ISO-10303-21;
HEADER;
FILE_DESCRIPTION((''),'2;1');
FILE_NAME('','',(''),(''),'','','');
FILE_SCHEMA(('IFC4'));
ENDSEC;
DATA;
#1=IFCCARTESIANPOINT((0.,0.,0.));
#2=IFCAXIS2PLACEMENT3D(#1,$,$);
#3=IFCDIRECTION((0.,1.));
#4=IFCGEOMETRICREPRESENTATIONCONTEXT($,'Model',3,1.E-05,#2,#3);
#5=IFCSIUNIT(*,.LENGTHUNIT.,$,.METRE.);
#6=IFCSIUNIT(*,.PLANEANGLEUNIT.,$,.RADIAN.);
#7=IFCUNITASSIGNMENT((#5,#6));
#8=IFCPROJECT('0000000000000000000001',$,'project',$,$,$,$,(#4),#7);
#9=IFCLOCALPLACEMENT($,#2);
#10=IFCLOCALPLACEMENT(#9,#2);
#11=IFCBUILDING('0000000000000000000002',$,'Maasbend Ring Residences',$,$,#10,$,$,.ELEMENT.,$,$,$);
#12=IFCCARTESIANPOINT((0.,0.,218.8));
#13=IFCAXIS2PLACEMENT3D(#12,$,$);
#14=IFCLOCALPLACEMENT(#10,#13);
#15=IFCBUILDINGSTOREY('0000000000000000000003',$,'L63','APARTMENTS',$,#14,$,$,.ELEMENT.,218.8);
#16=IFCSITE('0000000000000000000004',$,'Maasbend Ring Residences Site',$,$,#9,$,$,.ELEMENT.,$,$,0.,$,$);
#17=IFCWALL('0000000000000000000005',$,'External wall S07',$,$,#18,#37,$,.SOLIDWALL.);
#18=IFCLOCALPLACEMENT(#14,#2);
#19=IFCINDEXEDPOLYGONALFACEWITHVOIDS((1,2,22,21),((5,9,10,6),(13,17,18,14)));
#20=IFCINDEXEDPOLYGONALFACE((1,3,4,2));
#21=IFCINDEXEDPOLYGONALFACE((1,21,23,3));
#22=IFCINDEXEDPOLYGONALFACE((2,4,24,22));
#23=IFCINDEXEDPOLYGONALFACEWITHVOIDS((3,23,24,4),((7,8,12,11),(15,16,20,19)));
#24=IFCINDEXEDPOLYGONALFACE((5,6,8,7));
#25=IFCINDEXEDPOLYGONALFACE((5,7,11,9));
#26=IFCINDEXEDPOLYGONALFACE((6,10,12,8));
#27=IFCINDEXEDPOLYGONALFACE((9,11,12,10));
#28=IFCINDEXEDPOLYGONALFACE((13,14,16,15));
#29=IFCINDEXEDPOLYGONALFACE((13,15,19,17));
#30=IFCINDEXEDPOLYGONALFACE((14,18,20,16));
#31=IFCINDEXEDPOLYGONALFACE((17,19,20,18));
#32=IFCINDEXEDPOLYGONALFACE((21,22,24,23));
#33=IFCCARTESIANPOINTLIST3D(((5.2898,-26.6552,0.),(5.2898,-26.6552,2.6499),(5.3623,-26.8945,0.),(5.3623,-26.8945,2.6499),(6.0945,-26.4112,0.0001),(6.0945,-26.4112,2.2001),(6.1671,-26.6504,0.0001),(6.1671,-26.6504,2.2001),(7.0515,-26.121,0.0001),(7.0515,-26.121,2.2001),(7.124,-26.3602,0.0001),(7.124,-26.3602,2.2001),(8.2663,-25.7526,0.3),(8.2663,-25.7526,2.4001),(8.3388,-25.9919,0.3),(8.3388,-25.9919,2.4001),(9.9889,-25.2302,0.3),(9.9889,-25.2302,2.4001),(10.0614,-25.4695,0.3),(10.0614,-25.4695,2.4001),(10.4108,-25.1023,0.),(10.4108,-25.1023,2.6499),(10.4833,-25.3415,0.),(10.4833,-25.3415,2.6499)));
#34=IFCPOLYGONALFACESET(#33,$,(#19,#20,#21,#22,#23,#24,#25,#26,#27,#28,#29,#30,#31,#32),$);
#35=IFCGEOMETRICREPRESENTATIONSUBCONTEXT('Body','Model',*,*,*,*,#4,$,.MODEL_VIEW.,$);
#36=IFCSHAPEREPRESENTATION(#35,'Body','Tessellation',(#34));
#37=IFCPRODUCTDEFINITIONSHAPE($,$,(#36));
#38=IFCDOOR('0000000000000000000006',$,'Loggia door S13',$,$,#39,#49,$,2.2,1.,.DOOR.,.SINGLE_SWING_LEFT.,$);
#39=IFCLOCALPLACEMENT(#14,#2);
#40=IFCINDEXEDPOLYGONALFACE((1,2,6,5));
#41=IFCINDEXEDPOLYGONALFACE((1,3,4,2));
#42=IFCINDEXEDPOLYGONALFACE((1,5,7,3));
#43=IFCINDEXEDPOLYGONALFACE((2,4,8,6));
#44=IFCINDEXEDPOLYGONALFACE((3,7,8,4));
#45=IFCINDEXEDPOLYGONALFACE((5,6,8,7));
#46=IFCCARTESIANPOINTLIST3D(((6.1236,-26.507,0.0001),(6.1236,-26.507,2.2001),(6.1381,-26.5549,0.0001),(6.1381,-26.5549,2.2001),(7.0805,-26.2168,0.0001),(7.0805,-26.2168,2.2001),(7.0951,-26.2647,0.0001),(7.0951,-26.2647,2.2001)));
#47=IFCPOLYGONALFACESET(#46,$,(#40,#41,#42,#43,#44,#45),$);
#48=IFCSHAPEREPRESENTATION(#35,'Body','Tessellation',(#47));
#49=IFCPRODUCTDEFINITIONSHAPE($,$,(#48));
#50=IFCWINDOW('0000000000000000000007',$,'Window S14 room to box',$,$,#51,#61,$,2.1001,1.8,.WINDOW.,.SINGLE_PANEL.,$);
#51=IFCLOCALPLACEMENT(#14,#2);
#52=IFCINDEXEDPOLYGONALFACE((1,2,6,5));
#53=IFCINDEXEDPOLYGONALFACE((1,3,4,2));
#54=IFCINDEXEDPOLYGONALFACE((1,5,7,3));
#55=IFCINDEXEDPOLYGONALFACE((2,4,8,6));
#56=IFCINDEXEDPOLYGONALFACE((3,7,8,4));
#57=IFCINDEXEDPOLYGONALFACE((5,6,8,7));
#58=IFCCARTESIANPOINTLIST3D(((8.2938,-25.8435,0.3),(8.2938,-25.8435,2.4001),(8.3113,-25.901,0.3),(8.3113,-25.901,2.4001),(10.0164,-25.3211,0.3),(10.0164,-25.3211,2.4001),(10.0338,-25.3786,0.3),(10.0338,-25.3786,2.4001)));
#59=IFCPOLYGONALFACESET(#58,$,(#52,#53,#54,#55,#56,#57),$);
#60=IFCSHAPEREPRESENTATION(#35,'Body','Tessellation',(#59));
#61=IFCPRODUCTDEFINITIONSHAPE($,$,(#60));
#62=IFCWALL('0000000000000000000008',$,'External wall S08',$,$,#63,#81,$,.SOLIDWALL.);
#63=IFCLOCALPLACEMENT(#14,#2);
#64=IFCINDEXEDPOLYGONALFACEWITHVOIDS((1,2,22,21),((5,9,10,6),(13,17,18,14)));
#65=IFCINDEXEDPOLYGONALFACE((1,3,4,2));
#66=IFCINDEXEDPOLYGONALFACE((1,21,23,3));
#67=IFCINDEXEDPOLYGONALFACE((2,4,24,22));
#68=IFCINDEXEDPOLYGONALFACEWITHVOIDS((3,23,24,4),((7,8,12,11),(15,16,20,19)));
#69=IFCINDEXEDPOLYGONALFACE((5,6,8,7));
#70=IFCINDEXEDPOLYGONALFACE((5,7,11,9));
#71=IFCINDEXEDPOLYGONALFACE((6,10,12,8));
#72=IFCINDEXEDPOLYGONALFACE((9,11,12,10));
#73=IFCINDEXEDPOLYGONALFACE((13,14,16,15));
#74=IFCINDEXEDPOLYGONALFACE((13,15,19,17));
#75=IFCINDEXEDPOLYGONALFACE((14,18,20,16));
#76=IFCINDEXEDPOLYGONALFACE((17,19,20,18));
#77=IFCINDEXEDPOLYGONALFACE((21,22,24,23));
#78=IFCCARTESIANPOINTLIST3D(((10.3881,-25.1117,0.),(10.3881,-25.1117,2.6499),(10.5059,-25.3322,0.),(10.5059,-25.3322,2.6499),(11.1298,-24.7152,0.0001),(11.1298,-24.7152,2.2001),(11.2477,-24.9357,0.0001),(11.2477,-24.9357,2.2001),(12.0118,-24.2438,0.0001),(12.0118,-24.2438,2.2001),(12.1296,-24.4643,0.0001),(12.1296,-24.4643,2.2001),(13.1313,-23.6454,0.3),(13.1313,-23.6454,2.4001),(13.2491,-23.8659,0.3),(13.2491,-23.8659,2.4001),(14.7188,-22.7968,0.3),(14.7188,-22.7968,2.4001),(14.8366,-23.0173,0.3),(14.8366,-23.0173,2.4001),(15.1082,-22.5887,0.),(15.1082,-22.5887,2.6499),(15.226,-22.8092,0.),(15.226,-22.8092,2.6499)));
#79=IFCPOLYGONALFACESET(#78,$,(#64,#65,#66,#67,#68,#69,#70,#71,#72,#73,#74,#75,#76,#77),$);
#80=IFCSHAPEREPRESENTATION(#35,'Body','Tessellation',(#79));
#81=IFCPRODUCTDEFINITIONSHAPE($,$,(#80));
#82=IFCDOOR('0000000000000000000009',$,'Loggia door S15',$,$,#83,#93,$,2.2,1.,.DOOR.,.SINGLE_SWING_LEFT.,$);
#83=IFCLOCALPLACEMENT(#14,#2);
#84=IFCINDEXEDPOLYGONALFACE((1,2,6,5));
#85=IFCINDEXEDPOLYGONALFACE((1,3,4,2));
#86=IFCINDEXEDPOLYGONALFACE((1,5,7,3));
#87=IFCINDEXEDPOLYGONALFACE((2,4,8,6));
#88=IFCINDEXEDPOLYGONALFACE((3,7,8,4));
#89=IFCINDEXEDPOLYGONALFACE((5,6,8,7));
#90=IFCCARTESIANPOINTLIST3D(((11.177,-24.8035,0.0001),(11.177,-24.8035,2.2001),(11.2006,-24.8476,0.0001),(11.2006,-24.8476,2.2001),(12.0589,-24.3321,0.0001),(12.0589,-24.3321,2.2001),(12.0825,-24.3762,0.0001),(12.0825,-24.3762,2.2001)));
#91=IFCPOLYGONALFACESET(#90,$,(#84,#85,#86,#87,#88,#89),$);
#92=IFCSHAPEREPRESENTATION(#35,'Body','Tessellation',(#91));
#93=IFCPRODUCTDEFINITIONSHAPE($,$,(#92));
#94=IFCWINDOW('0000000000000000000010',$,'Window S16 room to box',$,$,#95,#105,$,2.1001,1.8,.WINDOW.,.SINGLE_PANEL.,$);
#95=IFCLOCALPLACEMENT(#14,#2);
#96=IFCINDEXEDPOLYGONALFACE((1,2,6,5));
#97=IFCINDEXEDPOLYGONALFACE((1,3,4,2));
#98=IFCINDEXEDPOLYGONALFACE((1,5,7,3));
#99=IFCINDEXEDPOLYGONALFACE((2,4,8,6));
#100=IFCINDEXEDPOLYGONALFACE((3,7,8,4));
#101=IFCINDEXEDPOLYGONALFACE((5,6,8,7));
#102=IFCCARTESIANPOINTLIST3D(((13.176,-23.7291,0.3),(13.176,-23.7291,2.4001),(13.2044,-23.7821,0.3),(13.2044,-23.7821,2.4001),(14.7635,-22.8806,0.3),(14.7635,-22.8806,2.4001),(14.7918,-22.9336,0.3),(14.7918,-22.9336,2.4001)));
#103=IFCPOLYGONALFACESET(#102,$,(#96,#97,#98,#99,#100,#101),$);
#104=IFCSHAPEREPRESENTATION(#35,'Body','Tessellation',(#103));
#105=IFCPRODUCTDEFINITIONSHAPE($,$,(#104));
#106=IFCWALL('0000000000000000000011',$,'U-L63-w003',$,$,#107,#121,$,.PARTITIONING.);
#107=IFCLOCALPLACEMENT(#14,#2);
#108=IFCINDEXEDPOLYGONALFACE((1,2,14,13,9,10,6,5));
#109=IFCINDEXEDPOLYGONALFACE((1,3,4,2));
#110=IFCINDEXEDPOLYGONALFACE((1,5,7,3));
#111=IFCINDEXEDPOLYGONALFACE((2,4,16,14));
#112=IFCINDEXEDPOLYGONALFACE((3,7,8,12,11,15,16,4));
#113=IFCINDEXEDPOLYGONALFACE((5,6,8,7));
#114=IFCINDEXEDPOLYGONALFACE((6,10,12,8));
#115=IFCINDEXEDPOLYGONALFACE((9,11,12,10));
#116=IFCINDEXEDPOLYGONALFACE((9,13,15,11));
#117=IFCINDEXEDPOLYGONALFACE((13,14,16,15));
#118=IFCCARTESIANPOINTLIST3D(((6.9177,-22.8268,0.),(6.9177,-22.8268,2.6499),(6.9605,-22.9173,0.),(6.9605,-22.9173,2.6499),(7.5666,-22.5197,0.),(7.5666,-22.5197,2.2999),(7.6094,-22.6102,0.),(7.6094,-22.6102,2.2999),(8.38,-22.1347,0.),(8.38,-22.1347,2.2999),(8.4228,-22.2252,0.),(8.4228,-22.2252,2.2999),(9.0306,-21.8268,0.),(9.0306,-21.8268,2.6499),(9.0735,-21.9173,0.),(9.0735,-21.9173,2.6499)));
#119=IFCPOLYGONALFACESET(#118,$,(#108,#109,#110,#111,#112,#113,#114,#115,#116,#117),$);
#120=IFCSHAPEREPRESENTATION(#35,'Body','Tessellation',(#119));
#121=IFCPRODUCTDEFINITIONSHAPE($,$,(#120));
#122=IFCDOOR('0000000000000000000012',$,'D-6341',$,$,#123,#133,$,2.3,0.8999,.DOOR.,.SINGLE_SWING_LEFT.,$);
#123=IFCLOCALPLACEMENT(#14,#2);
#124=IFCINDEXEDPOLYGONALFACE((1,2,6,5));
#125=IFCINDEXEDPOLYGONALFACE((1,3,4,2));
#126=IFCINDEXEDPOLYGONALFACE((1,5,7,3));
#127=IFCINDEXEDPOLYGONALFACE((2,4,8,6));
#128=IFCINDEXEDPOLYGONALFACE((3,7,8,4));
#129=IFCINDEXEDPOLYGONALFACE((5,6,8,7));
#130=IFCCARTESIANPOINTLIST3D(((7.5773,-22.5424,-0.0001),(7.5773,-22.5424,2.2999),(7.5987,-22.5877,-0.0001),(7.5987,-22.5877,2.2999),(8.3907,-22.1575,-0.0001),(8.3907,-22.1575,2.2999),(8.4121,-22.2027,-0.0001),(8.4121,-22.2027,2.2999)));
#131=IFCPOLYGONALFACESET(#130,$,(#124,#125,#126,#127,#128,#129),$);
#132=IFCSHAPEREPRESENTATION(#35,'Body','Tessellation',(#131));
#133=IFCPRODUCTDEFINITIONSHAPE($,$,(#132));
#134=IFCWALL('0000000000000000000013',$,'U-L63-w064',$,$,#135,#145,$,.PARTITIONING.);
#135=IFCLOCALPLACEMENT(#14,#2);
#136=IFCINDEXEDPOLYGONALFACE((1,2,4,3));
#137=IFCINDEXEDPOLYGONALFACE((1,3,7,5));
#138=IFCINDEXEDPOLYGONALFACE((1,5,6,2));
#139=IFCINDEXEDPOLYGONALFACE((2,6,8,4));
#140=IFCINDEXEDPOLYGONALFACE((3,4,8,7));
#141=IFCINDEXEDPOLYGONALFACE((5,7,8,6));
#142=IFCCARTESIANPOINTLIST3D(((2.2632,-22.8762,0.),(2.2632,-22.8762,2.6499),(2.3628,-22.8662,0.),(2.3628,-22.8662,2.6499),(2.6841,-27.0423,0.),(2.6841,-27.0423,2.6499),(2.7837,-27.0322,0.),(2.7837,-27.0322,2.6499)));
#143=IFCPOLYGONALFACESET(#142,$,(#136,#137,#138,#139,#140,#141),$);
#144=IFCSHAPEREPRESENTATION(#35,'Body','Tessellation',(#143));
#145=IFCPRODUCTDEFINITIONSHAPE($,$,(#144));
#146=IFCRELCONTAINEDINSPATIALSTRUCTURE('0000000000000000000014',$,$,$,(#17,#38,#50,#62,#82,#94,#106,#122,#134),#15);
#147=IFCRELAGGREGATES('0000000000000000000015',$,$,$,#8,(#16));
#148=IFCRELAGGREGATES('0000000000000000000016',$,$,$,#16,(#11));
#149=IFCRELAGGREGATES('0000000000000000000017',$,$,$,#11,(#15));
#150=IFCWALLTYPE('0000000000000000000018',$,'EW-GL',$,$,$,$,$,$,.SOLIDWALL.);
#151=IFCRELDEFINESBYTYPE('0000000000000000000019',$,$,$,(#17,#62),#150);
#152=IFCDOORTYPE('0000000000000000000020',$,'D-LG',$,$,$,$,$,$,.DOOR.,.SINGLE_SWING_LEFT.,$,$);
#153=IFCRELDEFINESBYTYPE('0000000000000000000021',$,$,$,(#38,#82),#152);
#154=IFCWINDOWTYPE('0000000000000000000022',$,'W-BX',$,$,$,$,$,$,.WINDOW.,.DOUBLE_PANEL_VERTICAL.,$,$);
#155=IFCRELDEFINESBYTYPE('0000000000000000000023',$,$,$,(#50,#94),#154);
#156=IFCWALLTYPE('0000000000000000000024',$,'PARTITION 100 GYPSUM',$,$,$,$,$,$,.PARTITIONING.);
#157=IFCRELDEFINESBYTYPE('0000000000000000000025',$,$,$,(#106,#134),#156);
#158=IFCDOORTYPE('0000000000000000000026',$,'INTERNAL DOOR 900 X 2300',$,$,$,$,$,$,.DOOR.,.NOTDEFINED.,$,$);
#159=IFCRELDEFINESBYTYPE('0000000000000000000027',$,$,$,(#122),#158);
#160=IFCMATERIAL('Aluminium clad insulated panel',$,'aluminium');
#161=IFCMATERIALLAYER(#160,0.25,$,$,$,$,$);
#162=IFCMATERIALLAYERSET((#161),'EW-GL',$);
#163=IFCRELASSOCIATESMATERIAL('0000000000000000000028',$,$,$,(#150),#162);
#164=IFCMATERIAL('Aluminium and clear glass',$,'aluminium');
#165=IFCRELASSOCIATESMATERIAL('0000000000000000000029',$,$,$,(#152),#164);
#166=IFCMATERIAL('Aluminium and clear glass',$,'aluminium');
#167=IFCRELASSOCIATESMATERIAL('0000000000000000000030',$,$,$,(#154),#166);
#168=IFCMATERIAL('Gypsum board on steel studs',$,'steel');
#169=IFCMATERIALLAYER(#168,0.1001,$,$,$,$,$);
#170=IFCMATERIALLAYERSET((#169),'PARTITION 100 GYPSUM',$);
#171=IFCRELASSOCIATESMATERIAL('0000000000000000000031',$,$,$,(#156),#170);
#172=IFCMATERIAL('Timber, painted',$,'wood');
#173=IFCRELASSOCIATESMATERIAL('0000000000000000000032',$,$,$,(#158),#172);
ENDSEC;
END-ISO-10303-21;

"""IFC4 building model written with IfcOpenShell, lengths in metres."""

from ifc_helpers import new_model, si_unit, direction, frame, frame_2d, origin, place, context, subcontext, project, spatial, rectangle, extrude, material, layer, layer_set, type_object, element, fill, save


model = new_model("IFC4")

# Units and contexts
model_context = context("Model", 3, precision=1e-05, world=origin(), true_north=direction((0.0, 1.0)))
body_context = subcontext(model_context, "Body", "Model", "MODEL_VIEW")
ifc_project = project(units=[si_unit("LENGTHUNIT", "METRE"), si_unit("PLANEANGLEUNIT", "RADIAN")], contexts=[model_context])

# Site, building, storey
site_placement = place(None, origin())
site = spatial("IfcSite", under=ifc_project, at=site_placement, Name="Maasbend Ring Residences Site", CompositionType="ELEMENT", RefElevation=0.0)
building_placement = place(site_placement, origin())
building = spatial("IfcBuilding", under=site, at=building_placement, Name="Maasbend Ring Residences", CompositionType="ELEMENT")
storey_placement = place(building_placement, frame((0.0, 0.0, 218.8)))
storey = spatial("IfcBuildingStorey", under=building, at=storey_placement, Name="L63", Description="APARTMENTS", CompositionType="ELEMENT", Elevation=218.8)

# Walls, openings, doors, windows
ifc_material_1 = material(Name="Aluminium clad insulated panel", Category="aluminium")
ifc_layer_1 = layer(ifc_material_1, 0.25)
ifc_layer_set_1 = layer_set([ifc_layer_1], Name="EW-GL")
wall_type_1 = type_object("IfcWallType", Name="EW-GL", PredefinedType="SOLIDWALL", material=ifc_layer_set_1)
wall_1_placement = place(storey_placement, frame((5.3259, -26.7749, 0.0), z_axis=(0.0, 0.0, 1.0), x_axis=(0.956966, 0.290201, 0.0)))
wall_1 = element("IfcWall", 1, at=wall_1_placement, inside=storey, type_object=wall_type_1, Name="External wall S07", PredefinedType="SOLIDWALL", context=body_context, shape_type="SweptSolid", body=[
    extrude(rectangle(XDim=5.3513, YDim=0.25, at=frame_2d((2.6758, 0.0))), origin(), (0.0, 0.0, 1.0), 2.6499),
])
opening_1_placement = place(wall_1_placement, frame((0.8411, 0.0, 0.0)))
opening_1 = element("IfcOpeningElement", 2, at=opening_1_placement, cuts=wall_1, PredefinedType="OPENING", context=body_context, shape_type="SweptSolid", body=[
    extrude(rectangle(XDim=1.0, YDim=2.2, at=frame_2d((0.5, 1.1001))), frame((0.0, 0.135, 0.0), z_axis=(0.0, -1.0, 0.0), x_axis=(1.0, 0.0, 0.0)), (0.0, 0.0, 1.0), 0.27),
])
opening_2_placement = place(wall_1_placement, frame((3.1106, 0.0, 0.3)))
opening_2 = element("IfcOpeningElement", 3, at=opening_2_placement, cuts=wall_1, PredefinedType="OPENING", context=body_context, shape_type="SweptSolid", body=[
    extrude(rectangle(XDim=1.8, YDim=2.1001, at=frame_2d((0.8999, 1.05))), frame((0.0, 0.135, 0.0), z_axis=(0.0, -1.0, 0.0), x_axis=(1.0, 0.0, 0.0)), (0.0, 0.0, 1.0), 0.27),
])
ifc_material_2 = material(Name="Aluminium and clear glass", Category="aluminium")
door_type_1 = type_object("IfcDoorType", Name="D-LG", OperationType="SINGLE_SWING_LEFT", PredefinedType="DOOR", material=ifc_material_2)
door_1_placement = place(opening_1_placement, origin())
door_1 = element("IfcDoor", 4, at=door_1_placement, inside=storey, type_object=door_type_1, Name="Loggia door S13", OperationType="SINGLE_SWING_LEFT", OverallHeight=2.2, OverallWidth=1.0, PredefinedType="DOOR", context=body_context, shape_type="SweptSolid", body=[
    extrude(rectangle(XDim=1.0, YDim=2.2, at=frame_2d((0.5, 1.1001))), frame((0.0, 0.0249, 0.0), z_axis=(0.0, -1.0, 0.0), x_axis=(1.0, 0.0, 0.0)), (0.0, 0.0, 1.0), 0.05),
])
fill(opening_1, door_1)
ifc_material_3 = material(Name="Aluminium and clear glass", Category="aluminium")
window_type_1 = type_object("IfcWindowType", Name="W-BX", PartitioningType="DOUBLE_PANEL_VERTICAL", PredefinedType="WINDOW", material=ifc_material_3)
window_1_placement = place(opening_2_placement, origin())
window_1 = element("IfcWindow", 5, at=window_1_placement, inside=storey, type_object=window_type_1, Name="Window S14 room to box", OverallHeight=2.1001, OverallWidth=1.8, PartitioningType="SINGLE_PANEL", PredefinedType="WINDOW", context=body_context, shape_type="SweptSolid", body=[
    extrude(rectangle(XDim=1.8, YDim=2.1001, at=frame_2d((0.8999, 1.05))), frame((0.0, 0.03, 0.0), z_axis=(0.0, -1.0, 0.0), x_axis=(1.0, 0.0, 0.0)), (0.0, 0.0, 1.0), 0.0601),
])
fill(opening_2, window_1)
wall_2_placement = place(storey_placement, frame((10.447, -25.2219, 0.0), z_axis=(0.0, 0.0, 1.0), x_axis=(0.881916, 0.471407, 0.0)))
wall_2 = element("IfcWall", 6, at=wall_2_placement, inside=storey, type_object=wall_type_1, Name="External wall S08", PredefinedType="SOLIDWALL", context=body_context, shape_type="SweptSolid", body=[
    extrude(rectangle(XDim=5.3521, YDim=0.25, at=frame_2d((2.676, 0.0))), origin(), (0.0, 0.0, 1.0), 2.6499),
])
opening_3_placement = place(wall_2_placement, frame((0.8411, 0.0, 0.0)))
opening_3 = element("IfcOpeningElement", 7, at=opening_3_placement, cuts=wall_2, PredefinedType="OPENING", context=body_context, shape_type="SweptSolid", body=[
    extrude(rectangle(XDim=1.0, YDim=2.2, at=frame_2d((0.5, 1.1001))), frame((0.0, 0.135, 0.0), z_axis=(0.0, -1.0, 0.0), x_axis=(1.0, 0.0, 0.0)), (0.0, 0.0, 1.0), 0.27),
])
opening_4_placement = place(wall_2_placement, frame((3.1106, 0.0, 0.3)))
opening_4 = element("IfcOpeningElement", 8, at=opening_4_placement, cuts=wall_2, PredefinedType="OPENING", context=body_context, shape_type="SweptSolid", body=[
    extrude(rectangle(XDim=1.8, YDim=2.1001, at=frame_2d((0.8999, 1.05))), frame((0.0, 0.135, 0.0), z_axis=(0.0, -1.0, 0.0), x_axis=(1.0, 0.0, 0.0)), (0.0, 0.0, 1.0), 0.27),
])
door_2_placement = place(opening_3_placement, origin())
door_2 = element("IfcDoor", 9, at=door_2_placement, inside=storey, type_object=door_type_1, Name="Loggia door S15", OperationType="SINGLE_SWING_LEFT", OverallHeight=2.2, OverallWidth=1.0, PredefinedType="DOOR", context=body_context, shape_type="SweptSolid", body=[
    extrude(rectangle(XDim=1.0, YDim=2.2, at=frame_2d((0.5, 1.1001))), frame((0.0, 0.0249, 0.0), z_axis=(0.0, -1.0, 0.0), x_axis=(1.0, 0.0, 0.0)), (0.0, 0.0, 1.0), 0.05),
])
fill(opening_3, door_2)
window_2_placement = place(opening_4_placement, origin())
window_2 = element("IfcWindow", 10, at=window_2_placement, inside=storey, type_object=window_type_1, Name="Window S16 room to box", OverallHeight=2.1001, OverallWidth=1.8, PartitioningType="SINGLE_PANEL", PredefinedType="WINDOW", context=body_context, shape_type="SweptSolid", body=[
    extrude(rectangle(XDim=1.8, YDim=2.1001, at=frame_2d((0.8999, 1.05))), frame((0.0, 0.03, 0.0), z_axis=(0.0, -1.0, 0.0), x_axis=(1.0, 0.0, 0.0)), (0.0, 0.0, 1.0), 0.0601),
])
fill(opening_4, window_2)

# Wall, opening, door
ifc_material_4 = material(Name="Gypsum board on steel studs", Category="steel")
ifc_layer_2 = layer(ifc_material_4, 0.1001)
ifc_layer_set_2 = layer_set([ifc_layer_2], Name="PARTITION 100 GYPSUM")
wall_type_2 = type_object("IfcWallType", Name="PARTITION 100 GYPSUM", PredefinedType="PARTITIONING", material=ifc_layer_set_2)
wall_3_placement = place(storey_placement, frame((6.939, -22.8721, 0.0), z_axis=(0.0, 0.0, 1.0), x_axis=(0.903889, 0.427768, 0.0)))
wall_3 = element("IfcWall", 11, at=wall_3_placement, inside=storey, type_object=wall_type_2, Name="U-L63-w003", PredefinedType="PARTITIONING", context=body_context, shape_type="SweptSolid", body=[
    extrude(rectangle(XDim=2.3376, YDim=0.1001, at=frame_2d((1.1689, 0.0))), origin(), (0.0, 0.0, 1.0), 2.6499),
])
opening_5_placement = place(wall_3_placement, frame((0.718, 0.0, 0.0)))
opening_5 = element("IfcOpeningElement", 12, at=opening_5_placement, cuts=wall_3, PredefinedType="OPENING", context=body_context, shape_type="SweptSolid", body=[
    extrude(rectangle(XDim=0.8999, YDim=2.3, at=frame_2d((0.45, 1.1499))), frame((0.0, 0.0601, 0.0), z_axis=(0.0, -1.0, 0.0), x_axis=(1.0, 0.0, 0.0)), (0.0, 0.0, 1.0), 0.1201),
])
ifc_material_5 = material(Name="Timber, painted", Category="wood")
door_type_2 = type_object("IfcDoorType", Name="INTERNAL DOOR 900 X 2300", OperationType="NOTDEFINED", PredefinedType="DOOR", material=ifc_material_5)
door_3_placement = place(opening_5_placement, origin())
door_3 = element("IfcDoor", 13, at=door_3_placement, inside=storey, type_object=door_type_2, Name="D-6341", OperationType="SINGLE_SWING_LEFT", OverallHeight=2.3, OverallWidth=0.8999, PredefinedType="DOOR", context=body_context, shape_type="SweptSolid", body=[
    extrude(rectangle(XDim=0.8999, YDim=2.3, at=frame_2d((0.45, 1.1499))), frame((0.0, 0.0249, 0.0), z_axis=(0.0, -1.0, 0.0), x_axis=(1.0, 0.0, 0.0)), (0.0, 0.0, 1.0), 0.05),
])
fill(opening_5, door_3)

# Wall
wall_4_placement = place(storey_placement, frame((2.313, -22.8711, 0.0), z_axis=(0.0, 0.0, 1.0), x_axis=(0.10052, -0.994935, 0.0)))
element("IfcWall", 14, at=wall_4_placement, inside=storey, type_object=wall_type_2, Name="U-L63-w064", PredefinedType="PARTITIONING", context=body_context, shape_type="SweptSolid", body=[
    extrude(rectangle(XDim=4.1873, YDim=0.1001, at=frame_2d((2.0938, 0.0))), origin(), (0.0, 0.0, 1.0), 2.6499),
])

save(model, "model.ifc")
